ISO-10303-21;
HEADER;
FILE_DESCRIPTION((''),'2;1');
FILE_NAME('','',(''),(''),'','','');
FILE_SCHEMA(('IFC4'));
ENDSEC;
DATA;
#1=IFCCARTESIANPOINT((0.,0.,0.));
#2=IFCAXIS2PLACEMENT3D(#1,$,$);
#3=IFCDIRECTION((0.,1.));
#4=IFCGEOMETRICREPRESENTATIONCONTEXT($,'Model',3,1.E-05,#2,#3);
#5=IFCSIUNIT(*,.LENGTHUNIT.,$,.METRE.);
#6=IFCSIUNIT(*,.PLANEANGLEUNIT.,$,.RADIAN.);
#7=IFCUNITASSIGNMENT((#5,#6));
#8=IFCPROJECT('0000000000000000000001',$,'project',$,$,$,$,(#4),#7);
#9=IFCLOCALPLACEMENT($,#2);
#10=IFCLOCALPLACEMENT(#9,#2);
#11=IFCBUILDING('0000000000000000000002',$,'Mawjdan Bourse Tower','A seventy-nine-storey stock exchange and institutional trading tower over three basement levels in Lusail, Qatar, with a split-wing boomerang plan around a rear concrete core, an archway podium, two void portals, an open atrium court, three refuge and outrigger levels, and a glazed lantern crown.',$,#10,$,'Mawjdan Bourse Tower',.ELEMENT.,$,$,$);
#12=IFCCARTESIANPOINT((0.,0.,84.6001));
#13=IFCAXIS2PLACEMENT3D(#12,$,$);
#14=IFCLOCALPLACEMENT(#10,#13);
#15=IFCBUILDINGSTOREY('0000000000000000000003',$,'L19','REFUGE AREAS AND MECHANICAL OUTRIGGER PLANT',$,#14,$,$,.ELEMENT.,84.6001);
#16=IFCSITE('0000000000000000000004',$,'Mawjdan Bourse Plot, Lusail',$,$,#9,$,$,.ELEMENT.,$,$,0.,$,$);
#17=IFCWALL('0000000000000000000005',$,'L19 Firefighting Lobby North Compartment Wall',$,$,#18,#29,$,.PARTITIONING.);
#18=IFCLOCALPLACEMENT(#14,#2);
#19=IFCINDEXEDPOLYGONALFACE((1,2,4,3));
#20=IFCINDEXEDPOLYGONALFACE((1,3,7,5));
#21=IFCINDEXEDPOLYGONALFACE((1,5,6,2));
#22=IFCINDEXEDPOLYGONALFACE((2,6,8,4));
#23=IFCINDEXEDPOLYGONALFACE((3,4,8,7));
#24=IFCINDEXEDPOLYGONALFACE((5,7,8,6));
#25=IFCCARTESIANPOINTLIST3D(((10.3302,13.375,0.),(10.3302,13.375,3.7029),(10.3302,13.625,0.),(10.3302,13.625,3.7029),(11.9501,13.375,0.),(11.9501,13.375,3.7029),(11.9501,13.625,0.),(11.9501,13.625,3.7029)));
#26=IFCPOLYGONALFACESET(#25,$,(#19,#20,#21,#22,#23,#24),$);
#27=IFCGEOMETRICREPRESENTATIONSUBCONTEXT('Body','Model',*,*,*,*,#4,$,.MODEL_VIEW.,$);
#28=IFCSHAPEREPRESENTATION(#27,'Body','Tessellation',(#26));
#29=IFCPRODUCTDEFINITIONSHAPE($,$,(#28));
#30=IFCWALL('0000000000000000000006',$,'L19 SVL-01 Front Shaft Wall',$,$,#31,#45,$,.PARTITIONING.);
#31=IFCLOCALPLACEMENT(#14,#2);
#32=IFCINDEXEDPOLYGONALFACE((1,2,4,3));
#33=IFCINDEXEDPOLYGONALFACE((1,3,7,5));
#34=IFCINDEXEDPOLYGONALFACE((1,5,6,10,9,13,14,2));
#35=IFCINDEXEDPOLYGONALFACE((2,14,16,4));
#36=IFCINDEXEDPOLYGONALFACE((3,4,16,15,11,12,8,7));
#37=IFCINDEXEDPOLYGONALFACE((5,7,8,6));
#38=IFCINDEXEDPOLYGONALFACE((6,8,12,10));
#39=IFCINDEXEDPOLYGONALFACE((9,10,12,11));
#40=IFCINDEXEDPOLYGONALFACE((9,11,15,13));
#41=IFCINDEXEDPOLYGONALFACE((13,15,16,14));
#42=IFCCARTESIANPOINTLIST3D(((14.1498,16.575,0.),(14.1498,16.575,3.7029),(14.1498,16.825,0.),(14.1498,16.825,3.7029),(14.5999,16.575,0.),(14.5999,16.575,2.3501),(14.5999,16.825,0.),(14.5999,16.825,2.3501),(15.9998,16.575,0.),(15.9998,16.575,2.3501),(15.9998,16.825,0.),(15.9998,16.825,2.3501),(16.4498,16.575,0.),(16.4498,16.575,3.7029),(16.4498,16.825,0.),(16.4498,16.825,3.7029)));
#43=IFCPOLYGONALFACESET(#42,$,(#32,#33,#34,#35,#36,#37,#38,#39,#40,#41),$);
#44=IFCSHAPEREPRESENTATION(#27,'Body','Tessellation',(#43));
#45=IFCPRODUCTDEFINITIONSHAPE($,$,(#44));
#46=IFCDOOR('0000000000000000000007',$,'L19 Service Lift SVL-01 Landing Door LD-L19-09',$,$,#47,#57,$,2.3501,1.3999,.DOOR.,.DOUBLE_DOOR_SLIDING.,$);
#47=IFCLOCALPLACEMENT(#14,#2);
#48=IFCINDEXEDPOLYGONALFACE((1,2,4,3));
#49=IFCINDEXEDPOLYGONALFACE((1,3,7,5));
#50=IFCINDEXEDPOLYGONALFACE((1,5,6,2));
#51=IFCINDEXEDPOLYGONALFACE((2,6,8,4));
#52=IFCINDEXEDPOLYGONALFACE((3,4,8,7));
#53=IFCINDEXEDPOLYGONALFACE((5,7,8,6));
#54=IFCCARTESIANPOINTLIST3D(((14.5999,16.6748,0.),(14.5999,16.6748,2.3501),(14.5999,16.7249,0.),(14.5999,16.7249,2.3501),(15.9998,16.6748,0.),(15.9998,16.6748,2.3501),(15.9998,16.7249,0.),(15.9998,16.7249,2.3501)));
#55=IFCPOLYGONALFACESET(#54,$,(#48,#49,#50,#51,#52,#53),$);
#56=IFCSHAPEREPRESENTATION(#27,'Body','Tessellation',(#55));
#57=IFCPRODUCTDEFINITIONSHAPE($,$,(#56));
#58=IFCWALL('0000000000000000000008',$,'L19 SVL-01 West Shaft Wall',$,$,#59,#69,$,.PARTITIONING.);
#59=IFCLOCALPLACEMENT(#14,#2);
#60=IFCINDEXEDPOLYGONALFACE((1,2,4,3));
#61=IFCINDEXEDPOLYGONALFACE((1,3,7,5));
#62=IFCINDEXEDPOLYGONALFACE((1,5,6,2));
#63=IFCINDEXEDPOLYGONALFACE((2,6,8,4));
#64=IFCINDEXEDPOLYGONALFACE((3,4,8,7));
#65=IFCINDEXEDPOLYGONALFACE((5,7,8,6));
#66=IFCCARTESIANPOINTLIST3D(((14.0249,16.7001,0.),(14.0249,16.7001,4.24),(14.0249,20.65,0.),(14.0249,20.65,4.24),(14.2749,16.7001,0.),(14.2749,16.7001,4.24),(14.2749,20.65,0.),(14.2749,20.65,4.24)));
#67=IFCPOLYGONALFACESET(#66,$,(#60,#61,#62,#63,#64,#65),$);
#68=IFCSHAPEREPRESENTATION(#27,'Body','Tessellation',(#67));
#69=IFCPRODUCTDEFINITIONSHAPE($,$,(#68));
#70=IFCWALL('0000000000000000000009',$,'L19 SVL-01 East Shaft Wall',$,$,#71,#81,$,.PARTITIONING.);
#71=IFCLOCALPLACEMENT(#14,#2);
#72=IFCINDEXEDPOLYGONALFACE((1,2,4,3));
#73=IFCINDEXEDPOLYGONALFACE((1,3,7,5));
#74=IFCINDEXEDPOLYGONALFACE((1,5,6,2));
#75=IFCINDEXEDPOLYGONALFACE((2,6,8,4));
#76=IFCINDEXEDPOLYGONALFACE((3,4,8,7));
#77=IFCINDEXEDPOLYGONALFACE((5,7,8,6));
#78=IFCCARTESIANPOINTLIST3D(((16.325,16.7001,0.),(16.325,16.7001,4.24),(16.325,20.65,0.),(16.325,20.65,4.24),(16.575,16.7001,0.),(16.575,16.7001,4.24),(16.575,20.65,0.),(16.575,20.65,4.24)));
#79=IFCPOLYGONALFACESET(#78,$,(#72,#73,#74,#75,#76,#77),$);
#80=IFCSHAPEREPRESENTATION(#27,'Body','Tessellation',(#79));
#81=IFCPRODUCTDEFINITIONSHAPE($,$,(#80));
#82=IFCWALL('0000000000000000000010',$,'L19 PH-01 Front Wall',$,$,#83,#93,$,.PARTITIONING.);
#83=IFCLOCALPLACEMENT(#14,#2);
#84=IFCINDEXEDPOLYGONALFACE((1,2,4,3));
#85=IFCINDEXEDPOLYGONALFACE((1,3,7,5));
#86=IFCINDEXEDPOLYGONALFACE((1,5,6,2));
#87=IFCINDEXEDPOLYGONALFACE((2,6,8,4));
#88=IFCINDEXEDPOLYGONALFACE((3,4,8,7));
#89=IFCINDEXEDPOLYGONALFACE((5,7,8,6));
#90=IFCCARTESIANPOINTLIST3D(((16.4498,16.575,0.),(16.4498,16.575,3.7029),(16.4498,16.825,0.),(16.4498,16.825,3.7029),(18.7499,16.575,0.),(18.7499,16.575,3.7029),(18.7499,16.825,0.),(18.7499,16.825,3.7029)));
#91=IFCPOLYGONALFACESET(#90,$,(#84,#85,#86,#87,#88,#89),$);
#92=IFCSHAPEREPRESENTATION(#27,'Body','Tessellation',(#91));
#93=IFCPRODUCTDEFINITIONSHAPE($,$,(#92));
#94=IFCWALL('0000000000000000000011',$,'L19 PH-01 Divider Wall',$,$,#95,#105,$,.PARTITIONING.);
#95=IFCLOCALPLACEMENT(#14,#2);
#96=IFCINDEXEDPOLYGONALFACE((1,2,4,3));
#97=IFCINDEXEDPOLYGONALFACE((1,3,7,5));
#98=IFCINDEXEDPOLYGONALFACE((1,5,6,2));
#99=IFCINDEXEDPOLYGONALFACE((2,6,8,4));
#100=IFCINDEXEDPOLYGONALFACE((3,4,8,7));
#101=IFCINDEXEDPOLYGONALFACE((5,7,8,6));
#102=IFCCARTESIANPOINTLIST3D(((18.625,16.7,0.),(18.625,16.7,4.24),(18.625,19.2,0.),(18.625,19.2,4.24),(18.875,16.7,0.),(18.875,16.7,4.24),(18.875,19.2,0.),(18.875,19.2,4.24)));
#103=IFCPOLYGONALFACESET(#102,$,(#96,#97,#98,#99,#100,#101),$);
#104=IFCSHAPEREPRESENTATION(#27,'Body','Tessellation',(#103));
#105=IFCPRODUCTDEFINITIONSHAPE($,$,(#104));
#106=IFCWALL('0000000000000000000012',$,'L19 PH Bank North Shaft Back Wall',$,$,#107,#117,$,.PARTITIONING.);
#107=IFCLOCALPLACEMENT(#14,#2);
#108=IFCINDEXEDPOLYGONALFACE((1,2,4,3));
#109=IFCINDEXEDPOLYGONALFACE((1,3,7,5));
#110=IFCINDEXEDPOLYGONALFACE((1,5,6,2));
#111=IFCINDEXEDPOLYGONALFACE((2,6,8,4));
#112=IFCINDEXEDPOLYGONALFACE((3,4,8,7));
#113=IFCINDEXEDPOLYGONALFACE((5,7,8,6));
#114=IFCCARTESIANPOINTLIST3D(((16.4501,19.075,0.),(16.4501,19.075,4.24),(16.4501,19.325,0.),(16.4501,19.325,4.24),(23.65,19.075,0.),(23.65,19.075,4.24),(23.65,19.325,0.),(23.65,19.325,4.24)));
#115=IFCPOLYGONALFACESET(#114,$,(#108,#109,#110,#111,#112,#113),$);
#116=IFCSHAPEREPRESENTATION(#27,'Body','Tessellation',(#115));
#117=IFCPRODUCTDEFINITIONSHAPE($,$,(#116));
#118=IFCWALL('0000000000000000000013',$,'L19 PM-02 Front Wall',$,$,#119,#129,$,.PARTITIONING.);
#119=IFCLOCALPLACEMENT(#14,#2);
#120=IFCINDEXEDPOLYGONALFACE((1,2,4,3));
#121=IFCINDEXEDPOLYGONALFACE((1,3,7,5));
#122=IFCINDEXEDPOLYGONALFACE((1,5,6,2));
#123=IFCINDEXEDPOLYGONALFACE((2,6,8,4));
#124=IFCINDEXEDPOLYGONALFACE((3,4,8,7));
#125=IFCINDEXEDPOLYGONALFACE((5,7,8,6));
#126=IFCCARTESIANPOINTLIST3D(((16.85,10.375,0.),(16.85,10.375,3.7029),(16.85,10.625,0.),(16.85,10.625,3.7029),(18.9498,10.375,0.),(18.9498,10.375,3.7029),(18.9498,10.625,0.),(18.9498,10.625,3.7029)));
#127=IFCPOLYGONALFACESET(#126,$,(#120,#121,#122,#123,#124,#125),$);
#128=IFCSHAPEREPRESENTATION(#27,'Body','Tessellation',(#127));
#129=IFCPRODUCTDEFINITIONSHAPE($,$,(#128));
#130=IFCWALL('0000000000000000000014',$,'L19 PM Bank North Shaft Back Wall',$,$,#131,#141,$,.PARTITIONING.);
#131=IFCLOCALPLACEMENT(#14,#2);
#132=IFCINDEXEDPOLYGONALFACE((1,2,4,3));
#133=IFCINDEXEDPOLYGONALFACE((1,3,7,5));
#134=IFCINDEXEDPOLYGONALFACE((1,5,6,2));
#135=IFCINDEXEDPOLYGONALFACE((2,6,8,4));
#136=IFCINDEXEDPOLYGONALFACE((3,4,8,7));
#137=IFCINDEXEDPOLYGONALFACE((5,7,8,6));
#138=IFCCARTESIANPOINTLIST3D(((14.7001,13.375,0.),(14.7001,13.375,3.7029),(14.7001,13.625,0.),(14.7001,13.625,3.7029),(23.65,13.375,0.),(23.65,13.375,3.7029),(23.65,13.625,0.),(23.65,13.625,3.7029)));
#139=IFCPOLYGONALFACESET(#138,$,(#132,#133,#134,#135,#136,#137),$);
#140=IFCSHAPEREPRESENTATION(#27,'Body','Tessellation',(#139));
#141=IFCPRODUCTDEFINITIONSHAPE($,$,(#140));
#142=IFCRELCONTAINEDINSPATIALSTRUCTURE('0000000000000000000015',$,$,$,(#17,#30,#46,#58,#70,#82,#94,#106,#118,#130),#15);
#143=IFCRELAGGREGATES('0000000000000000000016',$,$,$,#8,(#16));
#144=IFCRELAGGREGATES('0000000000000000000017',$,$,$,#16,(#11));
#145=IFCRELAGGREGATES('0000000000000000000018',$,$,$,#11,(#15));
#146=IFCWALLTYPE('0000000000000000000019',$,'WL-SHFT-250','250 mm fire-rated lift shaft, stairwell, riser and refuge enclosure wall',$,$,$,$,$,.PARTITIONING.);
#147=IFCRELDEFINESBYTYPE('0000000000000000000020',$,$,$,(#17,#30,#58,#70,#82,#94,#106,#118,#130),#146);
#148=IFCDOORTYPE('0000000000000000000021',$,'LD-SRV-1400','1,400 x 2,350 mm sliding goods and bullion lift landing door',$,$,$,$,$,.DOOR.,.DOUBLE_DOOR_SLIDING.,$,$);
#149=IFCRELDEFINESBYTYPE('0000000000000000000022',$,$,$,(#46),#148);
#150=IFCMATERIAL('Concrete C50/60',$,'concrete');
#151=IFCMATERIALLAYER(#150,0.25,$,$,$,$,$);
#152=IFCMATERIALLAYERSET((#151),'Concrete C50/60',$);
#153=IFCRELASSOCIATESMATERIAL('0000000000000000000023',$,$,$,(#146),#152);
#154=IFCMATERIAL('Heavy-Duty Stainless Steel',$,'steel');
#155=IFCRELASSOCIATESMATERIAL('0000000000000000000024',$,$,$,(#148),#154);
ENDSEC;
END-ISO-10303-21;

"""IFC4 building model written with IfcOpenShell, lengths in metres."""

from ifc_helpers import new_model, si_unit, direction, frame, frame_2d, origin, place, context, subcontext, project, spatial, rectangle, extrude, material, layer, layer_set, type_object, element, fill, save


model = new_model("IFC4")

# Units and contexts
model_context = context("Model", 3, precision=1e-05, world=origin(), true_north=direction((0.0, 1.0)))
body_context = subcontext(model_context, "Body", "Model", "MODEL_VIEW")
ifc_project = project(units=[si_unit("LENGTHUNIT", "METRE"), si_unit("PLANEANGLEUNIT", "RADIAN")], contexts=[model_context])

# Site, building, storey
site_placement = place(None, origin())
site = spatial("IfcSite", under=ifc_project, at=site_placement, Name="Mawjdan Bourse Plot, Lusail", CompositionType="ELEMENT", RefElevation=0.0)
building_placement = place(site_placement, origin())
building = spatial("IfcBuilding", under=site, at=building_placement, Name="Mawjdan Bourse Tower", Description="A seventy-nine-storey stock exchange and institutional trading tower over three basement levels in Lusail, Qatar, with a split-wing boomerang plan around a rear concrete core, an archway podium, two void portals, an open atrium court, three refuge and outrigger levels, and a glazed lantern crown.", LongName="Mawjdan Bourse Tower", CompositionType="ELEMENT")
storey_placement = place(building_placement, frame((0.0, 0.0, 84.6001)))
storey = spatial("IfcBuildingStorey", under=building, at=storey_placement, Name="L19", Description="REFUGE AREAS AND MECHANICAL OUTRIGGER PLANT", CompositionType="ELEMENT", Elevation=84.6001)

# Wall
ifc_material_1 = material(Name="Concrete C50/60", Category="concrete")
ifc_layer_1 = layer(ifc_material_1, 0.25)
ifc_layer_set_1 = layer_set([ifc_layer_1], Name="Concrete C50/60")
wall_type_1 = type_object("IfcWallType", Name="WL-SHFT-250", Description="250 mm fire-rated lift shaft, stairwell, riser and refuge enclosure wall", PredefinedType="PARTITIONING", material=ifc_layer_set_1)
wall_1_placement = place(storey_placement, frame((10.3301, 13.5, 0.0), z_axis=(0.0, 0.0, 1.0), x_axis=(1.0, 0.0, 0.0)))
element("IfcWall", 1, at=wall_1_placement, inside=storey, type_object=wall_type_1, Name="L19 Firefighting Lobby North Compartment Wall", PredefinedType="PARTITIONING", context=body_context, shape_type="SweptSolid", body=[
    extrude(rectangle(XDim=1.6199, YDim=0.25, at=frame_2d((0.8101, 0.0))), origin(), (0.0, 0.0, 1.0), 3.7029),
])

# Wall, opening, door
wall_2_placement = place(storey_placement, frame((14.1499, 16.7, 0.0), z_axis=(0.0, 0.0, 1.0), x_axis=(1.0, 0.0, 0.0)))
wall_2 = element("IfcWall", 2, at=wall_2_placement, inside=storey, type_object=wall_type_1, Name="L19 SVL-01 Front Shaft Wall", PredefinedType="PARTITIONING", context=body_context, shape_type="SweptSolid", body=[
    extrude(rectangle(XDim=2.3, YDim=0.25, at=frame_2d((1.1499, 0.0))), origin(), (0.0, 0.0, 1.0), 3.7029),
])
opening_1_placement = place(wall_2_placement, frame((0.45, 0.0, 0.0)))
opening_1 = element("IfcOpeningElement", 3, at=opening_1_placement, cuts=wall_2, PredefinedType="OPENING", context=body_context, shape_type="SweptSolid", body=[
    extrude(rectangle(XDim=1.3999, YDim=2.3501, at=frame_2d((0.7, 1.175))), frame((0.0, 0.135, 0.0), z_axis=(0.0, -1.0, 0.0), x_axis=(1.0, 0.0, 0.0)), (0.0, 0.0, 1.0), 0.27),
])
ifc_material_2 = material(Name="Heavy-Duty Stainless Steel", Category="steel")
door_type_1 = type_object("IfcDoorType", Name="LD-SRV-1400", Description="1,400 x 2,350 mm sliding goods and bullion lift landing door", OperationType="DOUBLE_DOOR_SLIDING", PredefinedType="DOOR", material=ifc_material_2)
door_1_placement = place(opening_1_placement, origin())
door_1 = element("IfcDoor", 4, at=door_1_placement, inside=storey, type_object=door_type_1, Name="L19 Service Lift SVL-01 Landing Door LD-L19-09", OperationType="DOUBLE_DOOR_SLIDING", OverallHeight=2.3501, OverallWidth=1.3999, PredefinedType="DOOR", context=body_context, shape_type="SweptSolid", body=[
    extrude(rectangle(XDim=1.3999, YDim=2.3501, at=frame_2d((0.7, 1.175))), frame((0.0, 0.0249, 0.0), z_axis=(0.0, -1.0, 0.0), x_axis=(1.0, 0.0, 0.0)), (0.0, 0.0, 1.0), 0.05),
])
fill(opening_1, door_1)

# Walls
for number, where, z_axis, x_axis, name in (
    (5, (14.1499, 16.7, 0.0), (0.0, 0.0, 1.0), (0.0, 1.0, 0.0), "L19 SVL-01 West Shaft Wall"),
    (6, (16.45, 16.7, 0.0), (0.0, 0.0, 1.0), (0.0, 1.0, 0.0), "L19 SVL-01 East Shaft Wall"),
):
    element("IfcWall", number, at=place(storey_placement, frame(where, z_axis=z_axis, x_axis=x_axis)), inside=storey, type_object=wall_type_1, Name=name, PredefinedType="PARTITIONING", context=body_context, shape_type="SweptSolid", body=[
        extrude(rectangle(XDim=3.95, YDim=0.25, at=frame_2d((1.9751, 0.0))), origin(), (0.0, 0.0, 1.0), 4.24),
    ])
wall_3_placement = place(storey_placement, frame((16.45, 16.7, 0.0), z_axis=(0.0, 0.0, 1.0), x_axis=(1.0, 0.0, 0.0)))
element("IfcWall", 7, at=wall_3_placement, inside=storey, type_object=wall_type_1, Name="L19 PH-01 Front Wall", PredefinedType="PARTITIONING", context=body_context, shape_type="SweptSolid", body=[
    extrude(rectangle(XDim=2.3, YDim=0.25, at=frame_2d((1.1499, 0.0))), origin(), (0.0, 0.0, 1.0), 3.7029),
])
wall_4_placement = place(storey_placement, frame((18.75, 16.7, 0.0), z_axis=(0.0, 0.0, 1.0), x_axis=(0.0, 1.0, 0.0)))
element("IfcWall", 8, at=wall_4_placement, inside=storey, type_object=wall_type_1, Name="L19 PH-01 Divider Wall", PredefinedType="PARTITIONING", context=body_context, shape_type="SweptSolid", body=[
    extrude(rectangle(XDim=2.5, YDim=0.25, at=frame_2d((1.25, 0.0))), origin(), (0.0, 0.0, 1.0), 4.24),
])
wall_5_placement = place(storey_placement, frame((16.45, 19.2, 0.0), z_axis=(0.0, 0.0, 1.0), x_axis=(1.0, 0.0, 0.0)))
element("IfcWall", 9, at=wall_5_placement, inside=storey, type_object=wall_type_1, Name="L19 PH Bank North Shaft Back Wall", PredefinedType="PARTITIONING", context=body_context, shape_type="SweptSolid", body=[
    extrude(rectangle(XDim=7.2, YDim=0.25, at=frame_2d((3.6001, 0.0))), origin(), (0.0, 0.0, 1.0), 4.24),
])
wall_6_placement = place(storey_placement, frame((16.8501, 10.5, 0.0), z_axis=(0.0, 0.0, 1.0), x_axis=(1.0, 0.0, 0.0)))
element("IfcWall", 10, at=wall_6_placement, inside=storey, type_object=wall_type_1, Name="L19 PM-02 Front Wall", PredefinedType="PARTITIONING", context=body_context, shape_type="SweptSolid", body=[
    extrude(rectangle(XDim=2.0999, YDim=0.25, at=frame_2d((1.0498, 0.0))), origin(), (0.0, 0.0, 1.0), 3.7029),
])
wall_7_placement = place(storey_placement, frame((14.7, 13.5, 0.0), z_axis=(0.0, 0.0, 1.0), x_axis=(1.0, 0.0, 0.0)))
element("IfcWall", 11, at=wall_7_placement, inside=storey, type_object=wall_type_1, Name="L19 PM Bank North Shaft Back Wall", PredefinedType="PARTITIONING", context=body_context, shape_type="SweptSolid", body=[
    extrude(rectangle(XDim=8.95, YDim=0.25, at=frame_2d((4.4751, 0.0))), origin(), (0.0, 0.0, 1.0), 3.7029),
])

save(model, "model.ifc")
